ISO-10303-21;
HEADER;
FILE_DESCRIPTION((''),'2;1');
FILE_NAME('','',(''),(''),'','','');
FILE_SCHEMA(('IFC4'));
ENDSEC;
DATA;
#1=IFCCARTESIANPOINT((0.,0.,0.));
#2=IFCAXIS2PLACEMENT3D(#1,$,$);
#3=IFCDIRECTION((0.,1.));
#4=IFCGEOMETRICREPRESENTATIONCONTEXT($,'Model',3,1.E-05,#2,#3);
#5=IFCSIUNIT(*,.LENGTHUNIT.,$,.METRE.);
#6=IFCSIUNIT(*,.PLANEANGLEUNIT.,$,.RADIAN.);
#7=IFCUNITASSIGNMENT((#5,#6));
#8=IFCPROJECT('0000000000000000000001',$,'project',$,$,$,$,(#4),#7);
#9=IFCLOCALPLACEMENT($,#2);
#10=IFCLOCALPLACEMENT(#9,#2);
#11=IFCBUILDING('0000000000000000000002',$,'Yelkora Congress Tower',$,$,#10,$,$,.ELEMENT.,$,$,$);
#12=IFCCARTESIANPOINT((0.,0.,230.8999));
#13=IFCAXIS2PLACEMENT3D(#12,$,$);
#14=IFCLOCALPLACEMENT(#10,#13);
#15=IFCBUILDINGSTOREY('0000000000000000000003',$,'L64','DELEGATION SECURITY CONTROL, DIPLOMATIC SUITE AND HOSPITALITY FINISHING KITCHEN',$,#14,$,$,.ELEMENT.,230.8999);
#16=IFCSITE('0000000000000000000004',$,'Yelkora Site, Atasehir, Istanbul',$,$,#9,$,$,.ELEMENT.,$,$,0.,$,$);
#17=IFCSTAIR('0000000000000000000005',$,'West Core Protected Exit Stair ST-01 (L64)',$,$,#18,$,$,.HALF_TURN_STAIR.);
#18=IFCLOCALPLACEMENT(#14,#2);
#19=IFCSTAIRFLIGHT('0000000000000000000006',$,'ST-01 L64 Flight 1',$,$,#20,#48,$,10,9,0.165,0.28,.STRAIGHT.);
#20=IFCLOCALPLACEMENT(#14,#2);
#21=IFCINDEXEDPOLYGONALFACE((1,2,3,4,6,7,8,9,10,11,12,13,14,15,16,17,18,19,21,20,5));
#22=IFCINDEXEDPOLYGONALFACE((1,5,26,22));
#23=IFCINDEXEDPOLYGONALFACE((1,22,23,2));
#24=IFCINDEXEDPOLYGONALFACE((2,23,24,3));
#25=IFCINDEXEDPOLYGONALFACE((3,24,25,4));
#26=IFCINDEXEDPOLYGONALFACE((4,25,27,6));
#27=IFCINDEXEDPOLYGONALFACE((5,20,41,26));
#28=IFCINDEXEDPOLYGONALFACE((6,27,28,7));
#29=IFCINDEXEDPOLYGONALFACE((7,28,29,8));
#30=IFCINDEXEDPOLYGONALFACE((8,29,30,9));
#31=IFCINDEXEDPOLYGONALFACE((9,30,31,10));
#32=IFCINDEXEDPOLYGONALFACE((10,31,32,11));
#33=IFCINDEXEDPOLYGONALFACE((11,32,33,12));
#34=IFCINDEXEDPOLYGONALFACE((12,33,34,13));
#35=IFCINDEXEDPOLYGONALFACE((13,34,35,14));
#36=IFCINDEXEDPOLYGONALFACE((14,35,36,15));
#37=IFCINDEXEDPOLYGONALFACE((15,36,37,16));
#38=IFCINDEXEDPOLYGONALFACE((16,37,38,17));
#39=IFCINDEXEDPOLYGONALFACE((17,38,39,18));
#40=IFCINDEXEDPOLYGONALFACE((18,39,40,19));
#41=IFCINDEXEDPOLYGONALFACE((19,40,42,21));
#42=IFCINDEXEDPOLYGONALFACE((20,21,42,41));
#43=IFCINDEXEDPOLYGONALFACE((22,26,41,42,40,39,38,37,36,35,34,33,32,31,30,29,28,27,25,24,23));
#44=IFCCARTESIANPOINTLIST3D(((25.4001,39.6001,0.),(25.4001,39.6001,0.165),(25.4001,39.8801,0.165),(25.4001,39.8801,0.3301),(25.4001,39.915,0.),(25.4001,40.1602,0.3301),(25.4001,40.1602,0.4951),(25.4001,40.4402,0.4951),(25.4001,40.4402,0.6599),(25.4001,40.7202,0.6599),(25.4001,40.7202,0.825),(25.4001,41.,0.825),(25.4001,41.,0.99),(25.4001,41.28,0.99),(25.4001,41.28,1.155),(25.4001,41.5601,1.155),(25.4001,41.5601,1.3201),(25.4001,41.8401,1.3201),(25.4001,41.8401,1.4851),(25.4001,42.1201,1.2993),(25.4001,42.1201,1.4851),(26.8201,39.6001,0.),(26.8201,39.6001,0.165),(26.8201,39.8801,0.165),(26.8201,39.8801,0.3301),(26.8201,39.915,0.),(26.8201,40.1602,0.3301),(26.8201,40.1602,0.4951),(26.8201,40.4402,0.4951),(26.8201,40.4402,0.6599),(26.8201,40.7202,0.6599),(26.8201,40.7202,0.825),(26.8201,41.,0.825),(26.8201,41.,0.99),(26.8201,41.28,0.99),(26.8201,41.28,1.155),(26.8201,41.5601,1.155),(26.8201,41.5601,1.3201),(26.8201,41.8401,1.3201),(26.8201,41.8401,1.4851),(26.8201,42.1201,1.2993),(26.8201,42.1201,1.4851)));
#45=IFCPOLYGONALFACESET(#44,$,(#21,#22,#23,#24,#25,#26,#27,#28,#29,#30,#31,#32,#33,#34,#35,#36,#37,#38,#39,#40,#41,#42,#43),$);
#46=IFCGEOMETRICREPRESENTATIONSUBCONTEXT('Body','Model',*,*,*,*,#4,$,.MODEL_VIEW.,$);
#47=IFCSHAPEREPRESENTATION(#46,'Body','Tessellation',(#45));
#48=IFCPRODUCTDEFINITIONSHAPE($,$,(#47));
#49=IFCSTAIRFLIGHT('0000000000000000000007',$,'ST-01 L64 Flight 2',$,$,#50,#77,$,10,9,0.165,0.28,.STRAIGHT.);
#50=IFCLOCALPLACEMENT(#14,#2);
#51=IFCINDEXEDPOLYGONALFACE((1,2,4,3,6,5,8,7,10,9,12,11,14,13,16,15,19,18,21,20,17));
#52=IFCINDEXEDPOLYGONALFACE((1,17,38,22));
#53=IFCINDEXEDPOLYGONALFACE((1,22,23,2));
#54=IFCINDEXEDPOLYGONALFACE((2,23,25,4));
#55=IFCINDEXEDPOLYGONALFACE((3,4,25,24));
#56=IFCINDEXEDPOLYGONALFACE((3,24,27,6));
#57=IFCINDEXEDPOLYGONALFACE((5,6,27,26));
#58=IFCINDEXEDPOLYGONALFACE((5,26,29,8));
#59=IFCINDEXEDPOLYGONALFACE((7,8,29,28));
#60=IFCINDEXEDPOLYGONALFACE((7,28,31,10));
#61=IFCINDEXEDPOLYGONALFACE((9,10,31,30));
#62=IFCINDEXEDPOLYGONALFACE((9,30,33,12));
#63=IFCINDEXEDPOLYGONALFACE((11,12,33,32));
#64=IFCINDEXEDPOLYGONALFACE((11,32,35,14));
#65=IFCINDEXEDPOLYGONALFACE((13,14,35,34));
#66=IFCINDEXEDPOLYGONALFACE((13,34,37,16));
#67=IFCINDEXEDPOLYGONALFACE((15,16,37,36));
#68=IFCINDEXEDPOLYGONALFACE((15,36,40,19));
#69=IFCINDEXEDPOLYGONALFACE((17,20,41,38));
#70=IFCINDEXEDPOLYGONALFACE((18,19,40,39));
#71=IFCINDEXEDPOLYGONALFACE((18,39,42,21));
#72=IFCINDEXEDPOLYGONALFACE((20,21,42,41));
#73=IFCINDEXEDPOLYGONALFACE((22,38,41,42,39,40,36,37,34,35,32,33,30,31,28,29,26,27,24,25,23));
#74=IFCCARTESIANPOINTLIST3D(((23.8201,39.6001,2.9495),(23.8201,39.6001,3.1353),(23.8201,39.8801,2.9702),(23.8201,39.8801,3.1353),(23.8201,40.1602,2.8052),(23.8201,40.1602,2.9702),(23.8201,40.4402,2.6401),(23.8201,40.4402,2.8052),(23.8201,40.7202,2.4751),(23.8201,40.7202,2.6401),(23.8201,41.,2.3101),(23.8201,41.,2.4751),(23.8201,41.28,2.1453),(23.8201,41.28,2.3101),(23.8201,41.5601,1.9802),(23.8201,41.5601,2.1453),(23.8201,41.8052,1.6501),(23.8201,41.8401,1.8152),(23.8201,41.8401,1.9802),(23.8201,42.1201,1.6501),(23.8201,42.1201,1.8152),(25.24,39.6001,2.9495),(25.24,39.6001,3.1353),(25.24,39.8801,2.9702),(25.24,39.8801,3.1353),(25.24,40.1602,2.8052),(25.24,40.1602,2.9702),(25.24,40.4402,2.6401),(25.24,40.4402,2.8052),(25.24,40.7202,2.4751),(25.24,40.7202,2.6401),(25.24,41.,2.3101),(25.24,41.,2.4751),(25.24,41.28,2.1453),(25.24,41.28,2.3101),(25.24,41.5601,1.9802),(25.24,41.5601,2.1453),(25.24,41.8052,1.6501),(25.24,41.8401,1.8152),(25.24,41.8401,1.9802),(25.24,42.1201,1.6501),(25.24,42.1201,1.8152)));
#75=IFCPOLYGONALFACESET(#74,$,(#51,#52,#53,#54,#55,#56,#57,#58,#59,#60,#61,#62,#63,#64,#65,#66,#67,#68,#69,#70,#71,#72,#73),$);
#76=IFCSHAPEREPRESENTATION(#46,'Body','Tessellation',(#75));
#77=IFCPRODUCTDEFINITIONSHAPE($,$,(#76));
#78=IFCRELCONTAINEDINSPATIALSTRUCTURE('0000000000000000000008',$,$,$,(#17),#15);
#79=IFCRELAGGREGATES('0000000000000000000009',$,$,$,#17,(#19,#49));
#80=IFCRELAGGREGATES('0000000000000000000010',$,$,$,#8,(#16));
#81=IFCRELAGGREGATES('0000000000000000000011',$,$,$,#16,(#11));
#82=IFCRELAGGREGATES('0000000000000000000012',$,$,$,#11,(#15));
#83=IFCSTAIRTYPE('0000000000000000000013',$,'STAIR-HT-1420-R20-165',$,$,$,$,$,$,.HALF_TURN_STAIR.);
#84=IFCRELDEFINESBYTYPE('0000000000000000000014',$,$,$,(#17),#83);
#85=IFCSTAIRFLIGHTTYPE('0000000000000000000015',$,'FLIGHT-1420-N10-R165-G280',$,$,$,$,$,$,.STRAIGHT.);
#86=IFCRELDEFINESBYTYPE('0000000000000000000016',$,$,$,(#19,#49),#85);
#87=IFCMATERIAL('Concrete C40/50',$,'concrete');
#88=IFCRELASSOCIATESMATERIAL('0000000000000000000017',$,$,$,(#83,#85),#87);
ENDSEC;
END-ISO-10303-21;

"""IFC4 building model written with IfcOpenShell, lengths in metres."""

from ifc_helpers import new_model, si_unit, direction, frame, origin, place, context, subcontext, project, spatial, polyline, outline, extrude, material, type_object, element, aggregate, save


model = new_model("IFC4")

# Units and contexts
model_context = context("Model", 3, precision=1e-05, world=origin(), true_north=direction((0.0, 1.0)))
body_context = subcontext(model_context, "Body", "Model", "MODEL_VIEW")
ifc_project = project(units=[si_unit("LENGTHUNIT", "METRE"), si_unit("PLANEANGLEUNIT", "RADIAN")], contexts=[model_context])

# Site, building, storey
site_placement = place(None, origin())
site = spatial("IfcSite", under=ifc_project, at=site_placement, Name="Yelkora Site, Atasehir, Istanbul", CompositionType="ELEMENT", RefElevation=0.0)
building_placement = place(site_placement, origin())
building = spatial("IfcBuilding", under=site, at=building_placement, Name="Yelkora Congress Tower", CompositionType="ELEMENT")
storey_placement = place(building_placement, frame((0.0, 0.0, 230.8999)))
storey = spatial("IfcBuildingStorey", under=building, at=storey_placement, Name="L64", Description="DELEGATION SECURITY CONTROL, DIPLOMATIC SUITE AND HOSPITALITY FINISHING KITCHEN", CompositionType="ELEMENT", Elevation=230.8999)

# Stair, stair flights
ifc_material_1 = material(Name="Concrete C40/50", Category="concrete")
stair_type = type_object("IfcStairType", Name="STAIR-HT-1420-R20-165", PredefinedType="HALF_TURN_STAIR", material=ifc_material_1)
stair_placement = place(storey_placement, origin())
stair = element("IfcStair", 1, at=stair_placement, inside=storey, type_object=stair_type, Name="West Core Protected Exit Stair ST-01 (L64)", PredefinedType="HALF_TURN_STAIR")
stair_flight_type = type_object("IfcStairFlightType", Name="FLIGHT-1420-N10-R165-G280", PredefinedType="STRAIGHT", material=ifc_material_1)
stair_flight_1_placement = place(storey_placement, frame((26.1101, 39.6001, 0.0), z_axis=(0.0, 0.0, 1.0), x_axis=(0.0, 1.0, 0.0)))
stair_flight_1 = element("IfcStairFlight", 2, at=stair_flight_1_placement, type_object=stair_flight_type, Name="ST-01 L64 Flight 1", NumberOfRisers=10, NumberOfTreads=9, PredefinedType="STRAIGHT", RiserHeight=0.165, TreadLength=0.28, context=body_context, shape_type="SweptSolid", body=[
    extrude(outline(polyline([(0.0, 0.0), (0.0, 0.165), (0.28, 0.165), (0.28, 0.3301), (0.5601, 0.3301), (0.5601, 0.4951), (0.8401, 0.4951), (0.8401, 0.6599), (1.1201, 0.6599), (1.1201, 0.825), (1.3999, 0.825), (1.3999, 0.99), (1.6799, 0.99), (1.6799, 1.155), (1.96, 1.155), (1.96, 1.3201), (2.24, 1.3201), (2.24, 1.4851), (2.52, 1.4851), (2.52, 1.6499), (2.52, 1.2993), (0.3149, 0.0), (0.0, 0.0)])), frame((0.0, 0.71, 0.0), z_axis=(0.0, -1.0, 0.0), x_axis=(1.0, 0.0, 0.0)), (0.0, 0.0, 1.0), 1.4199),
])
stair_flight_2_placement = place(storey_placement, frame((24.53, 42.1201, 1.6501), z_axis=(0.0, 0.0, 1.0), x_axis=(0.0, -1.0, 0.0)))
stair_flight_2 = element("IfcStairFlight", 3, at=stair_flight_2_placement, type_object=stair_flight_type, Name="ST-01 L64 Flight 2", NumberOfRisers=10, NumberOfTreads=9, PredefinedType="STRAIGHT", RiserHeight=0.165, TreadLength=0.28, context=body_context, shape_type="SweptSolid", body=[
    extrude(outline(polyline([(0.0, 0.0), (0.0, 0.165), (0.28, 0.165), (0.28, 0.3301), (0.5601, 0.3301), (0.5601, 0.4951), (0.8401, 0.4951), (0.8401, 0.6599), (1.1201, 0.6599), (1.1201, 0.825), (1.3999, 0.825), (1.3999, 0.99), (1.6799, 0.99), (1.6799, 1.155), (1.96, 1.155), (1.96, 1.3201), (2.24, 1.3201), (2.24, 1.4851), (2.52, 1.4851), (2.52, 1.6499), (2.52, 1.2993), (0.3149, 0.0), (0.0, 0.0)])), frame((0.0, 0.71, 0.0), z_axis=(0.0, -1.0, 0.0), x_axis=(1.0, 0.0, 0.0)), (0.0, 0.0, 1.0), 1.4199),
])
aggregate(stair, [stair_flight_1, stair_flight_2])

save(model, "model.ifc")
